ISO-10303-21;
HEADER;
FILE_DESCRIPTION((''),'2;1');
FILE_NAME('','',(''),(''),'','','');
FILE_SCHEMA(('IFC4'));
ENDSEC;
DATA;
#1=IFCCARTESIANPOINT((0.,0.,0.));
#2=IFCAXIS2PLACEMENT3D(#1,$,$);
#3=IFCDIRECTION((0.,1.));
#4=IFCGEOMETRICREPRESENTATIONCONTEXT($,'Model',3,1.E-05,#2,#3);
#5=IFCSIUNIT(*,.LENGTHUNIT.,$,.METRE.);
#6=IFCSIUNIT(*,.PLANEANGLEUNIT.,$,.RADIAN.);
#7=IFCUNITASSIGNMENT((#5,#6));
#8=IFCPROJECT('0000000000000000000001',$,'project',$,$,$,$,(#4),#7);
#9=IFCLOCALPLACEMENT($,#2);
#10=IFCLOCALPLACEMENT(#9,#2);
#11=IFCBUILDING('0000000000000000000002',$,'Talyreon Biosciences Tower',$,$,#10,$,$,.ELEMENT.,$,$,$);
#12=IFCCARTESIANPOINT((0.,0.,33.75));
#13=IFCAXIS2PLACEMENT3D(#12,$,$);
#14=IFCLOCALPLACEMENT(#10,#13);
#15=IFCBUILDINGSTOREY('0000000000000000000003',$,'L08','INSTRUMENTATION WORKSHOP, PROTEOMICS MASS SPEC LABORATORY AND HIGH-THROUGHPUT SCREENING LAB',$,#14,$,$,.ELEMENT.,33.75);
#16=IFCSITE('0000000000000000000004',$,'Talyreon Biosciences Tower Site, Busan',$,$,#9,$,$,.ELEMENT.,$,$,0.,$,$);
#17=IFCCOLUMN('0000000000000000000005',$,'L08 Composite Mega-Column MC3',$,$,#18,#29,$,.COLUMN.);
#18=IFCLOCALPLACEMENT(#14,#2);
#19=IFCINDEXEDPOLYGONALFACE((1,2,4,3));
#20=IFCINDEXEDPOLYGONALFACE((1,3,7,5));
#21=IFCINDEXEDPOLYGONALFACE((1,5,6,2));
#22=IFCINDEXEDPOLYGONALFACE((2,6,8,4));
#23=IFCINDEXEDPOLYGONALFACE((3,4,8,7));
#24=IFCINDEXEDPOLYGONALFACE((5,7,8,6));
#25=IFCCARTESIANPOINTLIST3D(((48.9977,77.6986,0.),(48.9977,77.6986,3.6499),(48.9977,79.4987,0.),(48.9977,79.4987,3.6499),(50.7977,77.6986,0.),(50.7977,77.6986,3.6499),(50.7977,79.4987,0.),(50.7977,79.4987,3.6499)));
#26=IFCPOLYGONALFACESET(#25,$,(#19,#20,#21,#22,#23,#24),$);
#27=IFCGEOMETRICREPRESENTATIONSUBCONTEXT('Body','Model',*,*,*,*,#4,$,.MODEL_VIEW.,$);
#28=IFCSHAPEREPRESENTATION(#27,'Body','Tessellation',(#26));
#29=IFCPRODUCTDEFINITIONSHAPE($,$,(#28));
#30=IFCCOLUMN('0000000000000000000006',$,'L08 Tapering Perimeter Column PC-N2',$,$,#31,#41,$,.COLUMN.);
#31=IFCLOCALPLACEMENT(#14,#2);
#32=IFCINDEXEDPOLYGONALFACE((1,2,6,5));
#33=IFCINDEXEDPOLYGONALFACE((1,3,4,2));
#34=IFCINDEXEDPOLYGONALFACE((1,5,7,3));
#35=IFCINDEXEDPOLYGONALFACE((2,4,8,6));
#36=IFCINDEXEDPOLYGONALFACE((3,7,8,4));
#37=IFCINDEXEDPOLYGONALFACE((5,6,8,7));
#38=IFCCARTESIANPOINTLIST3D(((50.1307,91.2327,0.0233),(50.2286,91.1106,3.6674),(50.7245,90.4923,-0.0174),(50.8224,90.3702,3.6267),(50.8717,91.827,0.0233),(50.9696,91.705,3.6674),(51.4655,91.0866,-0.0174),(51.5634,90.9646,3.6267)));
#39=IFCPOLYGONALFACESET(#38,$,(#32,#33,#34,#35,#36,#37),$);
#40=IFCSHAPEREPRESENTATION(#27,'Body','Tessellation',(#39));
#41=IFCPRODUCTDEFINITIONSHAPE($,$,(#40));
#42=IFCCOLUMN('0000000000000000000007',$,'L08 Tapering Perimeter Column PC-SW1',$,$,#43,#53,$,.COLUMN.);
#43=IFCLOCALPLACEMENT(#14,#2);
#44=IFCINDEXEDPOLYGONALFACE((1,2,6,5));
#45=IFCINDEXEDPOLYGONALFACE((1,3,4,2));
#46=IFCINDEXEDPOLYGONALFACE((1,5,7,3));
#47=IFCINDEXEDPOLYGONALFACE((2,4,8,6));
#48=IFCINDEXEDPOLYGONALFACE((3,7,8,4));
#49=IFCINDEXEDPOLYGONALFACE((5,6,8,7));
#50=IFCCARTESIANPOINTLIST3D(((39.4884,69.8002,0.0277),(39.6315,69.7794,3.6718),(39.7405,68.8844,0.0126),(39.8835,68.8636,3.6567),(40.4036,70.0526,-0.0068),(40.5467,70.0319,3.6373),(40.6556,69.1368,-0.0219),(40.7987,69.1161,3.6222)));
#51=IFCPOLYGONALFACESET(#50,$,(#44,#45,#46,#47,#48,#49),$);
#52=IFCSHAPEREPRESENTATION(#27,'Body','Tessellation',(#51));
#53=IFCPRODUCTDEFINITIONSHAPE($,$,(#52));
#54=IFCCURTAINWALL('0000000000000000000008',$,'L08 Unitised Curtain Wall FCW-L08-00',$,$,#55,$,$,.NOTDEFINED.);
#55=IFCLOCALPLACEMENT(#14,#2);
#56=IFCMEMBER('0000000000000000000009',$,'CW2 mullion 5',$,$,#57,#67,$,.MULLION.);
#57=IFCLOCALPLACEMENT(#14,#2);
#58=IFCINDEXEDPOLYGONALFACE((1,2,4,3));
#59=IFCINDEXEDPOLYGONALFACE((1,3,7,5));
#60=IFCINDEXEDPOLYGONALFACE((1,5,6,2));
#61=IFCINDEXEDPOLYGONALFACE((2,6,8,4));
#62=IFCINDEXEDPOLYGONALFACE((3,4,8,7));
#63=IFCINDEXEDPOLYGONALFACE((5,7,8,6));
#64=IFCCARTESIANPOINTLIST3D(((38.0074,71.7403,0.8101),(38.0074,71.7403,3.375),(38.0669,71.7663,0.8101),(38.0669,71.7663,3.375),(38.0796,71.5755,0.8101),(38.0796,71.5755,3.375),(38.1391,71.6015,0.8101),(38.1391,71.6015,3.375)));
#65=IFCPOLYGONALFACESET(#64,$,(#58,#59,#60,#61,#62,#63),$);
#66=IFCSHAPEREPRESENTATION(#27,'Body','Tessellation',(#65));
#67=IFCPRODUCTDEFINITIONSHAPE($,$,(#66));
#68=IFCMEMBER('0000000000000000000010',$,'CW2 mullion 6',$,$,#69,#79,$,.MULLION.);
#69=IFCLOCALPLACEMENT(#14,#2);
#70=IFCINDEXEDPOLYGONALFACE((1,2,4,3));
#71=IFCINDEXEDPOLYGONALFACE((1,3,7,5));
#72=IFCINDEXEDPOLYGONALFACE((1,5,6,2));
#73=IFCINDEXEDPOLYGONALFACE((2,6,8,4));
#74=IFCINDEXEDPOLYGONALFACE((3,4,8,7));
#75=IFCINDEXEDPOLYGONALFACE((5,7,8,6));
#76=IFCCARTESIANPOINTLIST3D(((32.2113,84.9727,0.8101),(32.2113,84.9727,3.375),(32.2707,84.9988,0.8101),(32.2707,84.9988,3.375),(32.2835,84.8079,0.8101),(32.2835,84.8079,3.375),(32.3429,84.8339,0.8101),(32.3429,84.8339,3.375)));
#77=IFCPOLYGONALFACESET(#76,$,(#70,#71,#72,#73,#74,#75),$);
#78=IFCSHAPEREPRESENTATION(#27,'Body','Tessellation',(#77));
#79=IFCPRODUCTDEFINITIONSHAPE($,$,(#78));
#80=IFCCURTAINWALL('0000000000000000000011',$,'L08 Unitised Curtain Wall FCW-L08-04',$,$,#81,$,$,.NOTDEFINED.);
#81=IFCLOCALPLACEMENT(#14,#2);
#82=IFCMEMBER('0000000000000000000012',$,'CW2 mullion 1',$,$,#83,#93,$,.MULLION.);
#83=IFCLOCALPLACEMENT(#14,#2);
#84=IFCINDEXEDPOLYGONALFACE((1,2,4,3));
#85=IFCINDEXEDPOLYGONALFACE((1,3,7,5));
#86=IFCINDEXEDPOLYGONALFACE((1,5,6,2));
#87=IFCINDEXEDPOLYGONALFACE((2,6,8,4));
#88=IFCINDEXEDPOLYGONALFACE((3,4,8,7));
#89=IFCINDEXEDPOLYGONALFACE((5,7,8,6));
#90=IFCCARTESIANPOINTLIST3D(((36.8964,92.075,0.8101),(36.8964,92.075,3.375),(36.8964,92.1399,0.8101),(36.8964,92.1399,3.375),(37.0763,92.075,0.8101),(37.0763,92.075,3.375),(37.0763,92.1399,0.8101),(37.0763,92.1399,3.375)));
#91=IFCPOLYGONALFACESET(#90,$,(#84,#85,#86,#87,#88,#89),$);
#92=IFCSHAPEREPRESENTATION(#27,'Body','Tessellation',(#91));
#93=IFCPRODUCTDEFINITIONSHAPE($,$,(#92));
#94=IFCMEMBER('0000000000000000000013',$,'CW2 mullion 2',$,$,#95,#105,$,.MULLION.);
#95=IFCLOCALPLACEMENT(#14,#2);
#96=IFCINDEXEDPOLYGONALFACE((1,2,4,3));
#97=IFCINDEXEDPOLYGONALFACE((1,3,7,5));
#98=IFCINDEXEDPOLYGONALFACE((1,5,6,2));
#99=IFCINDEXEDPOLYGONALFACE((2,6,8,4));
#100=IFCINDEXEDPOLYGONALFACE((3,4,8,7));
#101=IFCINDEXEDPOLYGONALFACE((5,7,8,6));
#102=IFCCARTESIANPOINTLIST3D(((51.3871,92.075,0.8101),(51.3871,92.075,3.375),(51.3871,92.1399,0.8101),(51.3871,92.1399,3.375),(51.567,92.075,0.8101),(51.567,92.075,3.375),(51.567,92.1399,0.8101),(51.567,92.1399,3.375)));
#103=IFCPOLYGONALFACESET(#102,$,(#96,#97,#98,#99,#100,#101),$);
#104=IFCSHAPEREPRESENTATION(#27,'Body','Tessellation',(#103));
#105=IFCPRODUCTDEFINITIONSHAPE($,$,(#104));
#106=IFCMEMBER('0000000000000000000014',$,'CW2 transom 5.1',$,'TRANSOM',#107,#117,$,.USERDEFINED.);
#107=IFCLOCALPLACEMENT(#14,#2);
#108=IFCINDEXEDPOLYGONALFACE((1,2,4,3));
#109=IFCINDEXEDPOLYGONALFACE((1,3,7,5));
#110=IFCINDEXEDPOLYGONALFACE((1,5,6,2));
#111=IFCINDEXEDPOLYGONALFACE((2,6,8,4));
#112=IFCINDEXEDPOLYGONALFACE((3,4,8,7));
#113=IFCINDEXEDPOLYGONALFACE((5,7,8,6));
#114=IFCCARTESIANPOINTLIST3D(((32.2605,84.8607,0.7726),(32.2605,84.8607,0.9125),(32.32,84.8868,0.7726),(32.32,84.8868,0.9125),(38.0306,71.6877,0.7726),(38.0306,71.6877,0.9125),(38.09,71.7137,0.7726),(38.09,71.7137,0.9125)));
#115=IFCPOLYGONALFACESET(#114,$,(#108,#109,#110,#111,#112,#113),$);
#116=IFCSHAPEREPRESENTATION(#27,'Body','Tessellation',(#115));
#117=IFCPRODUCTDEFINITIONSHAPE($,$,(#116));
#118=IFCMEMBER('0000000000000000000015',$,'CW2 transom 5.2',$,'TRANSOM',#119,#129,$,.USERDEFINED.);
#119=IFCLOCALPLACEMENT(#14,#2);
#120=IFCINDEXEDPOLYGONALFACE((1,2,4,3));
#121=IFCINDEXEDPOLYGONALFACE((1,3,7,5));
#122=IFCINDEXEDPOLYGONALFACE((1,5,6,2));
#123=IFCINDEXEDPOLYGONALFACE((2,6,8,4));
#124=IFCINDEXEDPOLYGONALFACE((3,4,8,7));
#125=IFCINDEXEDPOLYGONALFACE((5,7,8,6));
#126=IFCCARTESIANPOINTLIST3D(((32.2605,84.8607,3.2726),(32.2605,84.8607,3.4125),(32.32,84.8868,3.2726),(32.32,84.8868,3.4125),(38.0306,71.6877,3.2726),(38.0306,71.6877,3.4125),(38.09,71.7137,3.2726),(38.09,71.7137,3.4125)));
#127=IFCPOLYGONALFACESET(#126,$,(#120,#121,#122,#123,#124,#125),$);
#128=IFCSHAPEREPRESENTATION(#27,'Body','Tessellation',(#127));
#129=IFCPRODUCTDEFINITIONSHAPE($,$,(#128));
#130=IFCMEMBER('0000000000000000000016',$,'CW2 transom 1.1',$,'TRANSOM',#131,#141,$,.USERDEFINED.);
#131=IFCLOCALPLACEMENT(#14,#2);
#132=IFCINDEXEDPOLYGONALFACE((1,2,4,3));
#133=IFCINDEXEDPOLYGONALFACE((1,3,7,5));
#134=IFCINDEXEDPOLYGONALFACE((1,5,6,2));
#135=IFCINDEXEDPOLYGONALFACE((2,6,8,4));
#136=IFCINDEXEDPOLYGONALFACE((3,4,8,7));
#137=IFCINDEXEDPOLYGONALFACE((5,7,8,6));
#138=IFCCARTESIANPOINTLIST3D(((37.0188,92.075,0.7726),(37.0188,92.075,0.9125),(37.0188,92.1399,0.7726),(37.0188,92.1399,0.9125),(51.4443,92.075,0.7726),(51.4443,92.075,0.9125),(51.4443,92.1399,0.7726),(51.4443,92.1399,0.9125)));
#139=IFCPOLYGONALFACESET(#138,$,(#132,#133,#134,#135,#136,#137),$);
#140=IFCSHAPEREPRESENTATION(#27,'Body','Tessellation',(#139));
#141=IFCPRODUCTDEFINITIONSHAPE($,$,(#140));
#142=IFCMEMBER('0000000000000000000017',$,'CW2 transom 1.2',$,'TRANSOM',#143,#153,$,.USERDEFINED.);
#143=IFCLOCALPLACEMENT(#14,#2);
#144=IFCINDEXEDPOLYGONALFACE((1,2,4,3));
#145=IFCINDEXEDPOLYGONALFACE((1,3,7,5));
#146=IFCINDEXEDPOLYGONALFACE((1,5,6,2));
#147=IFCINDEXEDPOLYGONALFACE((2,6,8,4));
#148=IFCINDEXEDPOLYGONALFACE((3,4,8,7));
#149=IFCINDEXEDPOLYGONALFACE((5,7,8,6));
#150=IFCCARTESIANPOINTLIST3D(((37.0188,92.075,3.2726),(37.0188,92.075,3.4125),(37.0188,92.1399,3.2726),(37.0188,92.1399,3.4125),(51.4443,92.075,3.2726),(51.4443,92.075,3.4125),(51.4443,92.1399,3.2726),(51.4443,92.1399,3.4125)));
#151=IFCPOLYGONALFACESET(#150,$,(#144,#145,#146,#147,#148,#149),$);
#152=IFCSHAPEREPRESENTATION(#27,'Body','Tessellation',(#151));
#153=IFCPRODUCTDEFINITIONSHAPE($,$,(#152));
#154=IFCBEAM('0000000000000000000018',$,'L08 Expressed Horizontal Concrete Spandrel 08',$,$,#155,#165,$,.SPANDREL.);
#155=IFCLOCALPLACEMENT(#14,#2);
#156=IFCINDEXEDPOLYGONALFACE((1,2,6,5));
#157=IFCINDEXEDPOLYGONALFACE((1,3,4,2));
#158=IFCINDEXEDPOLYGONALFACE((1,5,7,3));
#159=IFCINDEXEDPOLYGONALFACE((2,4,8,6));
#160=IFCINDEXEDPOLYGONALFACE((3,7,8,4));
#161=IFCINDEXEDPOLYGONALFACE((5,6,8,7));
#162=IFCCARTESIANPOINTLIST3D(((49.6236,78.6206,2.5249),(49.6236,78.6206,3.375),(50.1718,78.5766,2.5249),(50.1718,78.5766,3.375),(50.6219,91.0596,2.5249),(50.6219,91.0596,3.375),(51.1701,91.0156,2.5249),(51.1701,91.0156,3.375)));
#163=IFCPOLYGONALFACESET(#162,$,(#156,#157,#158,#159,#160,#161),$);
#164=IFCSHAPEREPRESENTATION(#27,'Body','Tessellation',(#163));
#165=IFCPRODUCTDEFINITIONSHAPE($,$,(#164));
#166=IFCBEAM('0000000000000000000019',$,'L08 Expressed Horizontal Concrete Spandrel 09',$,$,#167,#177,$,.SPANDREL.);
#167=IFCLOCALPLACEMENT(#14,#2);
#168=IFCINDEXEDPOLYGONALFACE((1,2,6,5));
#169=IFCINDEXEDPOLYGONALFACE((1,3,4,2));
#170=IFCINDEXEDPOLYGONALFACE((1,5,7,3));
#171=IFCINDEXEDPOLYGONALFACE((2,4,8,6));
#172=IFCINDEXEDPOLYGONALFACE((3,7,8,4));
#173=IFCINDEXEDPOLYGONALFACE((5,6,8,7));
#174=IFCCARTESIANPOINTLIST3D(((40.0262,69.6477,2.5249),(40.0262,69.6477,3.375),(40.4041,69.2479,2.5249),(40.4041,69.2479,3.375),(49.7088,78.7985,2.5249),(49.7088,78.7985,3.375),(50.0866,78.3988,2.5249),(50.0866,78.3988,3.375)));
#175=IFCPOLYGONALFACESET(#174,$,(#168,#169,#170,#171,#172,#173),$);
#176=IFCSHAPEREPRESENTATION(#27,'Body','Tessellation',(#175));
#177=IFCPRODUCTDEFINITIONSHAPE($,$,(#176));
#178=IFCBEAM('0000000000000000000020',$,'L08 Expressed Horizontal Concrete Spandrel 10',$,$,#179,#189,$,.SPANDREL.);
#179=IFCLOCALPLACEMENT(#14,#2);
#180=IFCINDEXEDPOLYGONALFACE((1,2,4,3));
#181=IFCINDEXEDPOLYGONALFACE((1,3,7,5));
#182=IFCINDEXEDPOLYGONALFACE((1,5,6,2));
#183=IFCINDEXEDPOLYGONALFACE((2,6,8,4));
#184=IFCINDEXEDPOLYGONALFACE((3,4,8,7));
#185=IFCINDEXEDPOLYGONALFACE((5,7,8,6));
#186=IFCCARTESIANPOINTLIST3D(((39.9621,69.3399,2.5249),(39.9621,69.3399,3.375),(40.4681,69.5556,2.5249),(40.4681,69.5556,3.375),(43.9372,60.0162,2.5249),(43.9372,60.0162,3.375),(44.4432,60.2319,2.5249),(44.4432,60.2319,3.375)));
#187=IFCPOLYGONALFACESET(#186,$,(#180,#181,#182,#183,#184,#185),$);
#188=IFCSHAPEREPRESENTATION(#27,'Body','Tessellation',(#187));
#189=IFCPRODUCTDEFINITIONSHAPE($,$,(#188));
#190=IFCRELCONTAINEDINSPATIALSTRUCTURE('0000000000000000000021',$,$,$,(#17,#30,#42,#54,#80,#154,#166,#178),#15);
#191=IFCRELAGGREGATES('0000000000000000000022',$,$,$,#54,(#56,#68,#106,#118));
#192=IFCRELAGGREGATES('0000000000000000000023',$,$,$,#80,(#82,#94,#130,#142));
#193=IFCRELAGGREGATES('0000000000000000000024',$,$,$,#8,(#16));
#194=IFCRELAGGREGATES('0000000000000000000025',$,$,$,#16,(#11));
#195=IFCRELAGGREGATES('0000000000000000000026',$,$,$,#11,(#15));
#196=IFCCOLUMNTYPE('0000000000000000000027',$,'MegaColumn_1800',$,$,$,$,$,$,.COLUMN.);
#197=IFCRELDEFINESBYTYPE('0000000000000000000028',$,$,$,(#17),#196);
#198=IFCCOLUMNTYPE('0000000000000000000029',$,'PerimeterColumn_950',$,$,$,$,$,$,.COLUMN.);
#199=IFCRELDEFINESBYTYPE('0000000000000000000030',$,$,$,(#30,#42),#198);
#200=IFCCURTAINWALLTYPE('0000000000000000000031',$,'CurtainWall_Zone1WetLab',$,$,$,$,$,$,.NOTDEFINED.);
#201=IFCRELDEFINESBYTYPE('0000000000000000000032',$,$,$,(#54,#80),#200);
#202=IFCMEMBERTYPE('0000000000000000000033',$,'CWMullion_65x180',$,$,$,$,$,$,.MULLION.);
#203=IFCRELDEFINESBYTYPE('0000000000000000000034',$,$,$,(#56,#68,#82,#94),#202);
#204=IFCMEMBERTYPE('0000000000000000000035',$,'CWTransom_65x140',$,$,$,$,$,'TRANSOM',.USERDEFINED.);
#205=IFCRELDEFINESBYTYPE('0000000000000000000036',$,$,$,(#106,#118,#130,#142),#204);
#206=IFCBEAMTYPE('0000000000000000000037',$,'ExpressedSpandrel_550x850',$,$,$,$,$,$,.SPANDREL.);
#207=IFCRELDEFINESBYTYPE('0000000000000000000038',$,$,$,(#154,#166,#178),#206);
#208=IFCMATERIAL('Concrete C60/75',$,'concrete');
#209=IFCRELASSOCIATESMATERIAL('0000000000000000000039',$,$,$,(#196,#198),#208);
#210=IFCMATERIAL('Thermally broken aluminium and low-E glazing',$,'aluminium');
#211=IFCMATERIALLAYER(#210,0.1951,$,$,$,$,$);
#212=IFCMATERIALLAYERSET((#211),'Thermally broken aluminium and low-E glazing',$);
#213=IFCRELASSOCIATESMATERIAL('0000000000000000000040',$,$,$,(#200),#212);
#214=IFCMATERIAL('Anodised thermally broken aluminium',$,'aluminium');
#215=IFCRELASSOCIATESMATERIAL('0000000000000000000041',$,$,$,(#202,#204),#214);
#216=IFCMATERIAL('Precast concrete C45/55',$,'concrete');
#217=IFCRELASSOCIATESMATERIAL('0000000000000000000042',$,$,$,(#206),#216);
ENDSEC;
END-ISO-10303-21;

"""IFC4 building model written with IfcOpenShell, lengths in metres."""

from ifc_helpers import new_model, si_unit, direction, frame, origin, origin_2d, place, context, subcontext, project, spatial, rectangle, extrude, material, layer, layer_set, material_profile, profile_set, type_object, element, aggregate, save


model = new_model("IFC4")

# Units and contexts
model_context = context("Model", 3, precision=1e-05, world=origin(), true_north=direction((0.0, 1.0)))
body_context = subcontext(model_context, "Body", "Model", "MODEL_VIEW")
ifc_project = project(units=[si_unit("LENGTHUNIT", "METRE"), si_unit("PLANEANGLEUNIT", "RADIAN")], contexts=[model_context])

# Site, building, storey
site_placement = place(None, origin())
site = spatial("IfcSite", under=ifc_project, at=site_placement, Name="Talyreon Biosciences Tower Site, Busan", CompositionType="ELEMENT", RefElevation=0.0)
building_placement = place(site_placement, origin())
building = spatial("IfcBuilding", under=site, at=building_placement, Name="Talyreon Biosciences Tower", CompositionType="ELEMENT")
storey_placement = place(building_placement, frame((0.0, 0.0, 33.75)))
storey = spatial("IfcBuildingStorey", under=building, at=storey_placement, Name="L08", Description="INSTRUMENTATION WORKSHOP, PROTEOMICS MASS SPEC LABORATORY AND HIGH-THROUGHPUT SCREENING LAB", CompositionType="ELEMENT", Elevation=33.75)

# Columns
ifc_material_1 = material(Name="Concrete C60/75", Category="concrete")
ifc_material_profile_1 = material_profile(ifc_material_1, rectangle(XDim=1.8, YDim=1.8, at=origin_2d()), Name="RC 1800x1800")
ifc_profile_set_1 = profile_set([ifc_material_profile_1], Name="Concrete C60/75")
column_type_1 = type_object("IfcColumnType", Name="MegaColumn_1800", PredefinedType="COLUMN", material=ifc_profile_set_1)
column_1_placement = place(storey_placement, frame((49.8977, 78.5986, 0.0), z_axis=(0.0, 0.0, 1.0), x_axis=(1.0, 0.0, 0.0)))
element("IfcColumn", 1, at=column_1_placement, inside=storey, type_object=column_type_1, Name="L08 Composite Mega-Column MC3", PredefinedType="COLUMN", context=body_context, shape_type="SweptSolid", body=[
    extrude(rectangle(XDim=1.8, YDim=1.8, at=origin_2d()), origin(), (0.0, 0.0, 1.0), 3.6499),
])
ifc_material_profile_2 = material_profile(ifc_material_1, rectangle(XDim=0.95, YDim=0.95, at=origin_2d()), Name="RC 950x950")
ifc_profile_set_2 = profile_set([ifc_material_profile_2], Name="Concrete C60/75")
column_type_2 = type_object("IfcColumnType", Name="PerimeterColumn_950", PredefinedType="COLUMN", material=ifc_profile_set_2)
column_2_placement = place(storey_placement, frame((50.7981, 91.1597, 0.0029), z_axis=(0.026841, -0.033468, 0.999079), x_axis=(-0.780107, -0.625646, 0.0)))
element("IfcColumn", 2, at=column_2_placement, inside=storey, type_object=column_type_2, Name="L08 Tapering Perimeter Column PC-N2", PredefinedType="COLUMN", context=body_context, shape_type="SweptSolid", body=[
    extrude(rectangle(XDim=0.95, YDim=0.95, at=origin_2d()), origin(), (0.0, 0.0, 1.0), 3.6475),
])
column_3_placement = place(storey_placement, frame((40.072, 69.4685, 0.0029), z_axis=(0.039229, -0.00569, 0.999214), x_axis=(0.963366, 0.265722, -0.036309)))
element("IfcColumn", 3, at=column_3_placement, inside=storey, type_object=column_type_2, Name="L08 Tapering Perimeter Column PC-SW1", PredefinedType="COLUMN", context=body_context, shape_type="SweptSolid", body=[
    extrude(rectangle(XDim=0.95, YDim=0.95, at=origin_2d()), origin(), (0.0, 0.0, 1.0), 3.647),
])

# Curtain walls, members
ifc_material_2 = material(Name="Thermally broken aluminium and low-E glazing", Category="aluminium")
ifc_layer_1 = layer(ifc_material_2, 0.1951)
ifc_layer_set_1 = layer_set([ifc_layer_1], Name="Thermally broken aluminium and low-E glazing")
curtain_wall_type = type_object("IfcCurtainWallType", Name="CurtainWall_Zone1WetLab", PredefinedType="NOTDEFINED", material=ifc_layer_set_1)
curtain_wall_1_placement = place(storey_placement, origin())
curtain_wall_1 = element("IfcCurtainWall", 4, at=curtain_wall_1_placement, inside=storey, type_object=curtain_wall_type, Name="L08 Unitised Curtain Wall FCW-L08-00", PredefinedType="NOTDEFINED")
ifc_material_3 = material(Name="Anodised thermally broken aluminium", Category="aluminium")
ifc_material_profile_3 = material_profile(ifc_material_3, rectangle(XDim=0.0649, YDim=0.1799, at=origin_2d()), Name="ALUM MULLION 65x180")
ifc_profile_set_3 = profile_set([ifc_material_profile_3], Name="Anodised thermally broken aluminium")
member_type_1 = type_object("IfcMemberType", Name="CWMullion_65x180", PredefinedType="MULLION", material=ifc_profile_set_3)
member_1_placement = place(storey_placement, frame((38.0732, 71.6709, 0.8101), z_axis=(0.0, 0.0, 1.0), x_axis=(-0.91598, -0.401223, 0.0)))
member_1 = element("IfcMember", 5, at=member_1_placement, type_object=member_type_1, Name="CW2 mullion 5", PredefinedType="MULLION", context=body_context, shape_type="SweptSolid", body=[
    extrude(rectangle(XDim=0.0649, YDim=0.1799, at=origin_2d()), origin(), (0.0, 0.0, 1.0), 2.5649),
])
member_2_placement = place(storey_placement, frame((32.2771, 84.9033, 0.8101), z_axis=(0.0, 0.0, 1.0), x_axis=(-0.91598, -0.401223, 0.0)))
member_2 = element("IfcMember", 6, at=member_2_placement, type_object=member_type_1, Name="CW2 mullion 6", PredefinedType="MULLION", context=body_context, shape_type="SweptSolid", body=[
    extrude(rectangle(XDim=0.0649, YDim=0.1799, at=origin_2d()), origin(), (0.0, 0.0, 1.0), 2.5649),
])
curtain_wall_2_placement = place(storey_placement, origin())
curtain_wall_2 = element("IfcCurtainWall", 7, at=curtain_wall_2_placement, inside=storey, type_object=curtain_wall_type, Name="L08 Unitised Curtain Wall FCW-L08-04", PredefinedType="NOTDEFINED")
member_3_placement = place(storey_placement, frame((36.9863, 92.1074, 0.8101), z_axis=(0.0, 0.0, 1.0), x_axis=(0.0, 1.0, 0.0)))
member_3 = element("IfcMember", 8, at=member_3_placement, type_object=member_type_1, Name="CW2 mullion 1", PredefinedType="MULLION", context=body_context, shape_type="SweptSolid", body=[
    extrude(rectangle(XDim=0.0649, YDim=0.1799, at=origin_2d()), origin(), (0.0, 0.0, 1.0), 2.5649),
])
member_4_placement = place(storey_placement, frame((51.4771, 92.1074, 0.8101), z_axis=(0.0, 0.0, 1.0), x_axis=(0.0, 1.0, 0.0)))
member_4 = element("IfcMember", 9, at=member_4_placement, type_object=member_type_1, Name="CW2 mullion 2", PredefinedType="MULLION", context=body_context, shape_type="SweptSolid", body=[
    extrude(rectangle(XDim=0.0649, YDim=0.1799, at=origin_2d()), origin(), (0.0, 0.0, 1.0), 2.5649),
])

# Members
ifc_material_profile_4 = material_profile(ifc_material_3, rectangle(XDim=0.0649, YDim=0.1399, at=origin_2d()), Name="ALUM TRANSOM 65x140")
ifc_profile_set_4 = profile_set([ifc_material_profile_4], Name="Anodised thermally broken aluminium")
member_type_2 = type_object("IfcMemberType", Name="CWTransom_65x140", ElementType="TRANSOM", PredefinedType="USERDEFINED", material=ifc_profile_set_4)
member_5_placement = place(storey_placement, frame((38.0603, 71.7007, 0.8425), z_axis=(-0.401215, 0.915984, 0.0), x_axis=(-0.915984, -0.401215, 0.0)))
member_5 = element("IfcMember", 10, at=member_5_placement, type_object=member_type_2, Name="CW2 transom 5.1", ObjectType="TRANSOM", PredefinedType="USERDEFINED", context=body_context, shape_type="SweptSolid", body=[
    extrude(rectangle(XDim=0.0649, YDim=0.1399, at=origin_2d()), origin(), (0.0, 0.0, 1.0), 14.3813),
])
member_6_placement = place(storey_placement, frame((38.0603, 71.7007, 3.3425), z_axis=(-0.401215, 0.915984, 0.0), x_axis=(-0.915984, -0.401215, 0.0)))
member_6 = element("IfcMember", 11, at=member_6_placement, type_object=member_type_2, Name="CW2 transom 5.2", ObjectType="TRANSOM", PredefinedType="USERDEFINED", context=body_context, shape_type="SweptSolid", body=[
    extrude(rectangle(XDim=0.0649, YDim=0.1399, at=origin_2d()), origin(), (0.0, 0.0, 1.0), 14.3813),
])
member_7_placement = place(storey_placement, frame((37.0188, 92.1074, 0.8425), z_axis=(1.0, 0.0, 0.0), x_axis=(0.0, 1.0, 0.0)))
member_7 = element("IfcMember", 12, at=member_7_placement, type_object=member_type_2, Name="CW2 transom 1.1", ObjectType="TRANSOM", PredefinedType="USERDEFINED", context=body_context, shape_type="SweptSolid", body=[
    extrude(rectangle(XDim=0.0649, YDim=0.1399, at=origin_2d()), origin(), (0.0, 0.0, 1.0), 14.4255),
])
member_8_placement = place(storey_placement, frame((37.0188, 92.1074, 3.3425), z_axis=(1.0, 0.0, 0.0), x_axis=(0.0, 1.0, 0.0)))
member_8 = element("IfcMember", 13, at=member_8_placement, type_object=member_type_2, Name="CW2 transom 1.2", ObjectType="TRANSOM", PredefinedType="USERDEFINED", context=body_context, shape_type="SweptSolid", body=[
    extrude(rectangle(XDim=0.0649, YDim=0.1399, at=origin_2d()), origin(), (0.0, 0.0, 1.0), 14.4255),
])

# Beams
ifc_material_4 = material(Name="Precast concrete C45/55", Category="concrete")
ifc_material_profile_5 = material_profile(ifc_material_4, rectangle(XDim=0.55, YDim=0.8501, at=origin_2d()), Name="RCB 550x850")
ifc_profile_set_5 = profile_set([ifc_material_profile_5], Name="Precast concrete C45/55")
beam_type_1 = type_object("IfcBeamType", Name="ExpressedSpandrel_550x850", PredefinedType="SPANDREL", material=ifc_profile_set_5)
beam_1_placement = place(storey_placement, frame((50.896, 91.0376, 2.95), z_axis=(-0.079998, -0.996795, 0.0), x_axis=(0.996795, -0.079998, 0.0)))
element("IfcBeam", 14, at=beam_1_placement, inside=storey, type_object=beam_type_1, Name="L08 Expressed Horizontal Concrete Spandrel 08", PredefinedType="SPANDREL", context=body_context, shape_type="SweptSolid", body=[
    extrude(rectangle(XDim=0.55, YDim=0.8501, at=origin_2d()), origin(), (0.0, 0.0, 1.0), 12.479),
])
beam_2_placement = place(storey_placement, frame((49.8977, 78.5986, 2.95), z_axis=(-0.726781, -0.686869, 0.0), x_axis=(0.686869, -0.726781, 0.0)))
element("IfcBeam", 15, at=beam_2_placement, inside=storey, type_object=beam_type_1, Name="L08 Expressed Horizontal Concrete Spandrel 09", PredefinedType="SPANDREL", context=body_context, shape_type="SweptSolid", body=[
    extrude(rectangle(XDim=0.55, YDim=0.8501, at=origin_2d()), origin(), (0.0, 0.0, 1.0), 13.3225),
])
beam_3_placement = place(storey_placement, frame((40.2151, 69.4478, 2.95), z_axis=(0.392186, -0.919886, 0.0), x_axis=(0.919886, 0.392186, 0.0)))
element("IfcBeam", 16, at=beam_3_placement, inside=storey, type_object=beam_type_1, Name="L08 Expressed Horizontal Concrete Spandrel 10", PredefinedType="SPANDREL", context=body_context, shape_type="SweptSolid", body=[
    extrude(rectangle(XDim=0.55, YDim=0.8501, at=origin_2d()), origin(), (0.0, 0.0, 1.0), 10.1357),
])

aggregate(curtain_wall_1, [member_1, member_2, member_5, member_6])
aggregate(curtain_wall_2, [member_3, member_4, member_7, member_8])

save(model, "model.ifc")
